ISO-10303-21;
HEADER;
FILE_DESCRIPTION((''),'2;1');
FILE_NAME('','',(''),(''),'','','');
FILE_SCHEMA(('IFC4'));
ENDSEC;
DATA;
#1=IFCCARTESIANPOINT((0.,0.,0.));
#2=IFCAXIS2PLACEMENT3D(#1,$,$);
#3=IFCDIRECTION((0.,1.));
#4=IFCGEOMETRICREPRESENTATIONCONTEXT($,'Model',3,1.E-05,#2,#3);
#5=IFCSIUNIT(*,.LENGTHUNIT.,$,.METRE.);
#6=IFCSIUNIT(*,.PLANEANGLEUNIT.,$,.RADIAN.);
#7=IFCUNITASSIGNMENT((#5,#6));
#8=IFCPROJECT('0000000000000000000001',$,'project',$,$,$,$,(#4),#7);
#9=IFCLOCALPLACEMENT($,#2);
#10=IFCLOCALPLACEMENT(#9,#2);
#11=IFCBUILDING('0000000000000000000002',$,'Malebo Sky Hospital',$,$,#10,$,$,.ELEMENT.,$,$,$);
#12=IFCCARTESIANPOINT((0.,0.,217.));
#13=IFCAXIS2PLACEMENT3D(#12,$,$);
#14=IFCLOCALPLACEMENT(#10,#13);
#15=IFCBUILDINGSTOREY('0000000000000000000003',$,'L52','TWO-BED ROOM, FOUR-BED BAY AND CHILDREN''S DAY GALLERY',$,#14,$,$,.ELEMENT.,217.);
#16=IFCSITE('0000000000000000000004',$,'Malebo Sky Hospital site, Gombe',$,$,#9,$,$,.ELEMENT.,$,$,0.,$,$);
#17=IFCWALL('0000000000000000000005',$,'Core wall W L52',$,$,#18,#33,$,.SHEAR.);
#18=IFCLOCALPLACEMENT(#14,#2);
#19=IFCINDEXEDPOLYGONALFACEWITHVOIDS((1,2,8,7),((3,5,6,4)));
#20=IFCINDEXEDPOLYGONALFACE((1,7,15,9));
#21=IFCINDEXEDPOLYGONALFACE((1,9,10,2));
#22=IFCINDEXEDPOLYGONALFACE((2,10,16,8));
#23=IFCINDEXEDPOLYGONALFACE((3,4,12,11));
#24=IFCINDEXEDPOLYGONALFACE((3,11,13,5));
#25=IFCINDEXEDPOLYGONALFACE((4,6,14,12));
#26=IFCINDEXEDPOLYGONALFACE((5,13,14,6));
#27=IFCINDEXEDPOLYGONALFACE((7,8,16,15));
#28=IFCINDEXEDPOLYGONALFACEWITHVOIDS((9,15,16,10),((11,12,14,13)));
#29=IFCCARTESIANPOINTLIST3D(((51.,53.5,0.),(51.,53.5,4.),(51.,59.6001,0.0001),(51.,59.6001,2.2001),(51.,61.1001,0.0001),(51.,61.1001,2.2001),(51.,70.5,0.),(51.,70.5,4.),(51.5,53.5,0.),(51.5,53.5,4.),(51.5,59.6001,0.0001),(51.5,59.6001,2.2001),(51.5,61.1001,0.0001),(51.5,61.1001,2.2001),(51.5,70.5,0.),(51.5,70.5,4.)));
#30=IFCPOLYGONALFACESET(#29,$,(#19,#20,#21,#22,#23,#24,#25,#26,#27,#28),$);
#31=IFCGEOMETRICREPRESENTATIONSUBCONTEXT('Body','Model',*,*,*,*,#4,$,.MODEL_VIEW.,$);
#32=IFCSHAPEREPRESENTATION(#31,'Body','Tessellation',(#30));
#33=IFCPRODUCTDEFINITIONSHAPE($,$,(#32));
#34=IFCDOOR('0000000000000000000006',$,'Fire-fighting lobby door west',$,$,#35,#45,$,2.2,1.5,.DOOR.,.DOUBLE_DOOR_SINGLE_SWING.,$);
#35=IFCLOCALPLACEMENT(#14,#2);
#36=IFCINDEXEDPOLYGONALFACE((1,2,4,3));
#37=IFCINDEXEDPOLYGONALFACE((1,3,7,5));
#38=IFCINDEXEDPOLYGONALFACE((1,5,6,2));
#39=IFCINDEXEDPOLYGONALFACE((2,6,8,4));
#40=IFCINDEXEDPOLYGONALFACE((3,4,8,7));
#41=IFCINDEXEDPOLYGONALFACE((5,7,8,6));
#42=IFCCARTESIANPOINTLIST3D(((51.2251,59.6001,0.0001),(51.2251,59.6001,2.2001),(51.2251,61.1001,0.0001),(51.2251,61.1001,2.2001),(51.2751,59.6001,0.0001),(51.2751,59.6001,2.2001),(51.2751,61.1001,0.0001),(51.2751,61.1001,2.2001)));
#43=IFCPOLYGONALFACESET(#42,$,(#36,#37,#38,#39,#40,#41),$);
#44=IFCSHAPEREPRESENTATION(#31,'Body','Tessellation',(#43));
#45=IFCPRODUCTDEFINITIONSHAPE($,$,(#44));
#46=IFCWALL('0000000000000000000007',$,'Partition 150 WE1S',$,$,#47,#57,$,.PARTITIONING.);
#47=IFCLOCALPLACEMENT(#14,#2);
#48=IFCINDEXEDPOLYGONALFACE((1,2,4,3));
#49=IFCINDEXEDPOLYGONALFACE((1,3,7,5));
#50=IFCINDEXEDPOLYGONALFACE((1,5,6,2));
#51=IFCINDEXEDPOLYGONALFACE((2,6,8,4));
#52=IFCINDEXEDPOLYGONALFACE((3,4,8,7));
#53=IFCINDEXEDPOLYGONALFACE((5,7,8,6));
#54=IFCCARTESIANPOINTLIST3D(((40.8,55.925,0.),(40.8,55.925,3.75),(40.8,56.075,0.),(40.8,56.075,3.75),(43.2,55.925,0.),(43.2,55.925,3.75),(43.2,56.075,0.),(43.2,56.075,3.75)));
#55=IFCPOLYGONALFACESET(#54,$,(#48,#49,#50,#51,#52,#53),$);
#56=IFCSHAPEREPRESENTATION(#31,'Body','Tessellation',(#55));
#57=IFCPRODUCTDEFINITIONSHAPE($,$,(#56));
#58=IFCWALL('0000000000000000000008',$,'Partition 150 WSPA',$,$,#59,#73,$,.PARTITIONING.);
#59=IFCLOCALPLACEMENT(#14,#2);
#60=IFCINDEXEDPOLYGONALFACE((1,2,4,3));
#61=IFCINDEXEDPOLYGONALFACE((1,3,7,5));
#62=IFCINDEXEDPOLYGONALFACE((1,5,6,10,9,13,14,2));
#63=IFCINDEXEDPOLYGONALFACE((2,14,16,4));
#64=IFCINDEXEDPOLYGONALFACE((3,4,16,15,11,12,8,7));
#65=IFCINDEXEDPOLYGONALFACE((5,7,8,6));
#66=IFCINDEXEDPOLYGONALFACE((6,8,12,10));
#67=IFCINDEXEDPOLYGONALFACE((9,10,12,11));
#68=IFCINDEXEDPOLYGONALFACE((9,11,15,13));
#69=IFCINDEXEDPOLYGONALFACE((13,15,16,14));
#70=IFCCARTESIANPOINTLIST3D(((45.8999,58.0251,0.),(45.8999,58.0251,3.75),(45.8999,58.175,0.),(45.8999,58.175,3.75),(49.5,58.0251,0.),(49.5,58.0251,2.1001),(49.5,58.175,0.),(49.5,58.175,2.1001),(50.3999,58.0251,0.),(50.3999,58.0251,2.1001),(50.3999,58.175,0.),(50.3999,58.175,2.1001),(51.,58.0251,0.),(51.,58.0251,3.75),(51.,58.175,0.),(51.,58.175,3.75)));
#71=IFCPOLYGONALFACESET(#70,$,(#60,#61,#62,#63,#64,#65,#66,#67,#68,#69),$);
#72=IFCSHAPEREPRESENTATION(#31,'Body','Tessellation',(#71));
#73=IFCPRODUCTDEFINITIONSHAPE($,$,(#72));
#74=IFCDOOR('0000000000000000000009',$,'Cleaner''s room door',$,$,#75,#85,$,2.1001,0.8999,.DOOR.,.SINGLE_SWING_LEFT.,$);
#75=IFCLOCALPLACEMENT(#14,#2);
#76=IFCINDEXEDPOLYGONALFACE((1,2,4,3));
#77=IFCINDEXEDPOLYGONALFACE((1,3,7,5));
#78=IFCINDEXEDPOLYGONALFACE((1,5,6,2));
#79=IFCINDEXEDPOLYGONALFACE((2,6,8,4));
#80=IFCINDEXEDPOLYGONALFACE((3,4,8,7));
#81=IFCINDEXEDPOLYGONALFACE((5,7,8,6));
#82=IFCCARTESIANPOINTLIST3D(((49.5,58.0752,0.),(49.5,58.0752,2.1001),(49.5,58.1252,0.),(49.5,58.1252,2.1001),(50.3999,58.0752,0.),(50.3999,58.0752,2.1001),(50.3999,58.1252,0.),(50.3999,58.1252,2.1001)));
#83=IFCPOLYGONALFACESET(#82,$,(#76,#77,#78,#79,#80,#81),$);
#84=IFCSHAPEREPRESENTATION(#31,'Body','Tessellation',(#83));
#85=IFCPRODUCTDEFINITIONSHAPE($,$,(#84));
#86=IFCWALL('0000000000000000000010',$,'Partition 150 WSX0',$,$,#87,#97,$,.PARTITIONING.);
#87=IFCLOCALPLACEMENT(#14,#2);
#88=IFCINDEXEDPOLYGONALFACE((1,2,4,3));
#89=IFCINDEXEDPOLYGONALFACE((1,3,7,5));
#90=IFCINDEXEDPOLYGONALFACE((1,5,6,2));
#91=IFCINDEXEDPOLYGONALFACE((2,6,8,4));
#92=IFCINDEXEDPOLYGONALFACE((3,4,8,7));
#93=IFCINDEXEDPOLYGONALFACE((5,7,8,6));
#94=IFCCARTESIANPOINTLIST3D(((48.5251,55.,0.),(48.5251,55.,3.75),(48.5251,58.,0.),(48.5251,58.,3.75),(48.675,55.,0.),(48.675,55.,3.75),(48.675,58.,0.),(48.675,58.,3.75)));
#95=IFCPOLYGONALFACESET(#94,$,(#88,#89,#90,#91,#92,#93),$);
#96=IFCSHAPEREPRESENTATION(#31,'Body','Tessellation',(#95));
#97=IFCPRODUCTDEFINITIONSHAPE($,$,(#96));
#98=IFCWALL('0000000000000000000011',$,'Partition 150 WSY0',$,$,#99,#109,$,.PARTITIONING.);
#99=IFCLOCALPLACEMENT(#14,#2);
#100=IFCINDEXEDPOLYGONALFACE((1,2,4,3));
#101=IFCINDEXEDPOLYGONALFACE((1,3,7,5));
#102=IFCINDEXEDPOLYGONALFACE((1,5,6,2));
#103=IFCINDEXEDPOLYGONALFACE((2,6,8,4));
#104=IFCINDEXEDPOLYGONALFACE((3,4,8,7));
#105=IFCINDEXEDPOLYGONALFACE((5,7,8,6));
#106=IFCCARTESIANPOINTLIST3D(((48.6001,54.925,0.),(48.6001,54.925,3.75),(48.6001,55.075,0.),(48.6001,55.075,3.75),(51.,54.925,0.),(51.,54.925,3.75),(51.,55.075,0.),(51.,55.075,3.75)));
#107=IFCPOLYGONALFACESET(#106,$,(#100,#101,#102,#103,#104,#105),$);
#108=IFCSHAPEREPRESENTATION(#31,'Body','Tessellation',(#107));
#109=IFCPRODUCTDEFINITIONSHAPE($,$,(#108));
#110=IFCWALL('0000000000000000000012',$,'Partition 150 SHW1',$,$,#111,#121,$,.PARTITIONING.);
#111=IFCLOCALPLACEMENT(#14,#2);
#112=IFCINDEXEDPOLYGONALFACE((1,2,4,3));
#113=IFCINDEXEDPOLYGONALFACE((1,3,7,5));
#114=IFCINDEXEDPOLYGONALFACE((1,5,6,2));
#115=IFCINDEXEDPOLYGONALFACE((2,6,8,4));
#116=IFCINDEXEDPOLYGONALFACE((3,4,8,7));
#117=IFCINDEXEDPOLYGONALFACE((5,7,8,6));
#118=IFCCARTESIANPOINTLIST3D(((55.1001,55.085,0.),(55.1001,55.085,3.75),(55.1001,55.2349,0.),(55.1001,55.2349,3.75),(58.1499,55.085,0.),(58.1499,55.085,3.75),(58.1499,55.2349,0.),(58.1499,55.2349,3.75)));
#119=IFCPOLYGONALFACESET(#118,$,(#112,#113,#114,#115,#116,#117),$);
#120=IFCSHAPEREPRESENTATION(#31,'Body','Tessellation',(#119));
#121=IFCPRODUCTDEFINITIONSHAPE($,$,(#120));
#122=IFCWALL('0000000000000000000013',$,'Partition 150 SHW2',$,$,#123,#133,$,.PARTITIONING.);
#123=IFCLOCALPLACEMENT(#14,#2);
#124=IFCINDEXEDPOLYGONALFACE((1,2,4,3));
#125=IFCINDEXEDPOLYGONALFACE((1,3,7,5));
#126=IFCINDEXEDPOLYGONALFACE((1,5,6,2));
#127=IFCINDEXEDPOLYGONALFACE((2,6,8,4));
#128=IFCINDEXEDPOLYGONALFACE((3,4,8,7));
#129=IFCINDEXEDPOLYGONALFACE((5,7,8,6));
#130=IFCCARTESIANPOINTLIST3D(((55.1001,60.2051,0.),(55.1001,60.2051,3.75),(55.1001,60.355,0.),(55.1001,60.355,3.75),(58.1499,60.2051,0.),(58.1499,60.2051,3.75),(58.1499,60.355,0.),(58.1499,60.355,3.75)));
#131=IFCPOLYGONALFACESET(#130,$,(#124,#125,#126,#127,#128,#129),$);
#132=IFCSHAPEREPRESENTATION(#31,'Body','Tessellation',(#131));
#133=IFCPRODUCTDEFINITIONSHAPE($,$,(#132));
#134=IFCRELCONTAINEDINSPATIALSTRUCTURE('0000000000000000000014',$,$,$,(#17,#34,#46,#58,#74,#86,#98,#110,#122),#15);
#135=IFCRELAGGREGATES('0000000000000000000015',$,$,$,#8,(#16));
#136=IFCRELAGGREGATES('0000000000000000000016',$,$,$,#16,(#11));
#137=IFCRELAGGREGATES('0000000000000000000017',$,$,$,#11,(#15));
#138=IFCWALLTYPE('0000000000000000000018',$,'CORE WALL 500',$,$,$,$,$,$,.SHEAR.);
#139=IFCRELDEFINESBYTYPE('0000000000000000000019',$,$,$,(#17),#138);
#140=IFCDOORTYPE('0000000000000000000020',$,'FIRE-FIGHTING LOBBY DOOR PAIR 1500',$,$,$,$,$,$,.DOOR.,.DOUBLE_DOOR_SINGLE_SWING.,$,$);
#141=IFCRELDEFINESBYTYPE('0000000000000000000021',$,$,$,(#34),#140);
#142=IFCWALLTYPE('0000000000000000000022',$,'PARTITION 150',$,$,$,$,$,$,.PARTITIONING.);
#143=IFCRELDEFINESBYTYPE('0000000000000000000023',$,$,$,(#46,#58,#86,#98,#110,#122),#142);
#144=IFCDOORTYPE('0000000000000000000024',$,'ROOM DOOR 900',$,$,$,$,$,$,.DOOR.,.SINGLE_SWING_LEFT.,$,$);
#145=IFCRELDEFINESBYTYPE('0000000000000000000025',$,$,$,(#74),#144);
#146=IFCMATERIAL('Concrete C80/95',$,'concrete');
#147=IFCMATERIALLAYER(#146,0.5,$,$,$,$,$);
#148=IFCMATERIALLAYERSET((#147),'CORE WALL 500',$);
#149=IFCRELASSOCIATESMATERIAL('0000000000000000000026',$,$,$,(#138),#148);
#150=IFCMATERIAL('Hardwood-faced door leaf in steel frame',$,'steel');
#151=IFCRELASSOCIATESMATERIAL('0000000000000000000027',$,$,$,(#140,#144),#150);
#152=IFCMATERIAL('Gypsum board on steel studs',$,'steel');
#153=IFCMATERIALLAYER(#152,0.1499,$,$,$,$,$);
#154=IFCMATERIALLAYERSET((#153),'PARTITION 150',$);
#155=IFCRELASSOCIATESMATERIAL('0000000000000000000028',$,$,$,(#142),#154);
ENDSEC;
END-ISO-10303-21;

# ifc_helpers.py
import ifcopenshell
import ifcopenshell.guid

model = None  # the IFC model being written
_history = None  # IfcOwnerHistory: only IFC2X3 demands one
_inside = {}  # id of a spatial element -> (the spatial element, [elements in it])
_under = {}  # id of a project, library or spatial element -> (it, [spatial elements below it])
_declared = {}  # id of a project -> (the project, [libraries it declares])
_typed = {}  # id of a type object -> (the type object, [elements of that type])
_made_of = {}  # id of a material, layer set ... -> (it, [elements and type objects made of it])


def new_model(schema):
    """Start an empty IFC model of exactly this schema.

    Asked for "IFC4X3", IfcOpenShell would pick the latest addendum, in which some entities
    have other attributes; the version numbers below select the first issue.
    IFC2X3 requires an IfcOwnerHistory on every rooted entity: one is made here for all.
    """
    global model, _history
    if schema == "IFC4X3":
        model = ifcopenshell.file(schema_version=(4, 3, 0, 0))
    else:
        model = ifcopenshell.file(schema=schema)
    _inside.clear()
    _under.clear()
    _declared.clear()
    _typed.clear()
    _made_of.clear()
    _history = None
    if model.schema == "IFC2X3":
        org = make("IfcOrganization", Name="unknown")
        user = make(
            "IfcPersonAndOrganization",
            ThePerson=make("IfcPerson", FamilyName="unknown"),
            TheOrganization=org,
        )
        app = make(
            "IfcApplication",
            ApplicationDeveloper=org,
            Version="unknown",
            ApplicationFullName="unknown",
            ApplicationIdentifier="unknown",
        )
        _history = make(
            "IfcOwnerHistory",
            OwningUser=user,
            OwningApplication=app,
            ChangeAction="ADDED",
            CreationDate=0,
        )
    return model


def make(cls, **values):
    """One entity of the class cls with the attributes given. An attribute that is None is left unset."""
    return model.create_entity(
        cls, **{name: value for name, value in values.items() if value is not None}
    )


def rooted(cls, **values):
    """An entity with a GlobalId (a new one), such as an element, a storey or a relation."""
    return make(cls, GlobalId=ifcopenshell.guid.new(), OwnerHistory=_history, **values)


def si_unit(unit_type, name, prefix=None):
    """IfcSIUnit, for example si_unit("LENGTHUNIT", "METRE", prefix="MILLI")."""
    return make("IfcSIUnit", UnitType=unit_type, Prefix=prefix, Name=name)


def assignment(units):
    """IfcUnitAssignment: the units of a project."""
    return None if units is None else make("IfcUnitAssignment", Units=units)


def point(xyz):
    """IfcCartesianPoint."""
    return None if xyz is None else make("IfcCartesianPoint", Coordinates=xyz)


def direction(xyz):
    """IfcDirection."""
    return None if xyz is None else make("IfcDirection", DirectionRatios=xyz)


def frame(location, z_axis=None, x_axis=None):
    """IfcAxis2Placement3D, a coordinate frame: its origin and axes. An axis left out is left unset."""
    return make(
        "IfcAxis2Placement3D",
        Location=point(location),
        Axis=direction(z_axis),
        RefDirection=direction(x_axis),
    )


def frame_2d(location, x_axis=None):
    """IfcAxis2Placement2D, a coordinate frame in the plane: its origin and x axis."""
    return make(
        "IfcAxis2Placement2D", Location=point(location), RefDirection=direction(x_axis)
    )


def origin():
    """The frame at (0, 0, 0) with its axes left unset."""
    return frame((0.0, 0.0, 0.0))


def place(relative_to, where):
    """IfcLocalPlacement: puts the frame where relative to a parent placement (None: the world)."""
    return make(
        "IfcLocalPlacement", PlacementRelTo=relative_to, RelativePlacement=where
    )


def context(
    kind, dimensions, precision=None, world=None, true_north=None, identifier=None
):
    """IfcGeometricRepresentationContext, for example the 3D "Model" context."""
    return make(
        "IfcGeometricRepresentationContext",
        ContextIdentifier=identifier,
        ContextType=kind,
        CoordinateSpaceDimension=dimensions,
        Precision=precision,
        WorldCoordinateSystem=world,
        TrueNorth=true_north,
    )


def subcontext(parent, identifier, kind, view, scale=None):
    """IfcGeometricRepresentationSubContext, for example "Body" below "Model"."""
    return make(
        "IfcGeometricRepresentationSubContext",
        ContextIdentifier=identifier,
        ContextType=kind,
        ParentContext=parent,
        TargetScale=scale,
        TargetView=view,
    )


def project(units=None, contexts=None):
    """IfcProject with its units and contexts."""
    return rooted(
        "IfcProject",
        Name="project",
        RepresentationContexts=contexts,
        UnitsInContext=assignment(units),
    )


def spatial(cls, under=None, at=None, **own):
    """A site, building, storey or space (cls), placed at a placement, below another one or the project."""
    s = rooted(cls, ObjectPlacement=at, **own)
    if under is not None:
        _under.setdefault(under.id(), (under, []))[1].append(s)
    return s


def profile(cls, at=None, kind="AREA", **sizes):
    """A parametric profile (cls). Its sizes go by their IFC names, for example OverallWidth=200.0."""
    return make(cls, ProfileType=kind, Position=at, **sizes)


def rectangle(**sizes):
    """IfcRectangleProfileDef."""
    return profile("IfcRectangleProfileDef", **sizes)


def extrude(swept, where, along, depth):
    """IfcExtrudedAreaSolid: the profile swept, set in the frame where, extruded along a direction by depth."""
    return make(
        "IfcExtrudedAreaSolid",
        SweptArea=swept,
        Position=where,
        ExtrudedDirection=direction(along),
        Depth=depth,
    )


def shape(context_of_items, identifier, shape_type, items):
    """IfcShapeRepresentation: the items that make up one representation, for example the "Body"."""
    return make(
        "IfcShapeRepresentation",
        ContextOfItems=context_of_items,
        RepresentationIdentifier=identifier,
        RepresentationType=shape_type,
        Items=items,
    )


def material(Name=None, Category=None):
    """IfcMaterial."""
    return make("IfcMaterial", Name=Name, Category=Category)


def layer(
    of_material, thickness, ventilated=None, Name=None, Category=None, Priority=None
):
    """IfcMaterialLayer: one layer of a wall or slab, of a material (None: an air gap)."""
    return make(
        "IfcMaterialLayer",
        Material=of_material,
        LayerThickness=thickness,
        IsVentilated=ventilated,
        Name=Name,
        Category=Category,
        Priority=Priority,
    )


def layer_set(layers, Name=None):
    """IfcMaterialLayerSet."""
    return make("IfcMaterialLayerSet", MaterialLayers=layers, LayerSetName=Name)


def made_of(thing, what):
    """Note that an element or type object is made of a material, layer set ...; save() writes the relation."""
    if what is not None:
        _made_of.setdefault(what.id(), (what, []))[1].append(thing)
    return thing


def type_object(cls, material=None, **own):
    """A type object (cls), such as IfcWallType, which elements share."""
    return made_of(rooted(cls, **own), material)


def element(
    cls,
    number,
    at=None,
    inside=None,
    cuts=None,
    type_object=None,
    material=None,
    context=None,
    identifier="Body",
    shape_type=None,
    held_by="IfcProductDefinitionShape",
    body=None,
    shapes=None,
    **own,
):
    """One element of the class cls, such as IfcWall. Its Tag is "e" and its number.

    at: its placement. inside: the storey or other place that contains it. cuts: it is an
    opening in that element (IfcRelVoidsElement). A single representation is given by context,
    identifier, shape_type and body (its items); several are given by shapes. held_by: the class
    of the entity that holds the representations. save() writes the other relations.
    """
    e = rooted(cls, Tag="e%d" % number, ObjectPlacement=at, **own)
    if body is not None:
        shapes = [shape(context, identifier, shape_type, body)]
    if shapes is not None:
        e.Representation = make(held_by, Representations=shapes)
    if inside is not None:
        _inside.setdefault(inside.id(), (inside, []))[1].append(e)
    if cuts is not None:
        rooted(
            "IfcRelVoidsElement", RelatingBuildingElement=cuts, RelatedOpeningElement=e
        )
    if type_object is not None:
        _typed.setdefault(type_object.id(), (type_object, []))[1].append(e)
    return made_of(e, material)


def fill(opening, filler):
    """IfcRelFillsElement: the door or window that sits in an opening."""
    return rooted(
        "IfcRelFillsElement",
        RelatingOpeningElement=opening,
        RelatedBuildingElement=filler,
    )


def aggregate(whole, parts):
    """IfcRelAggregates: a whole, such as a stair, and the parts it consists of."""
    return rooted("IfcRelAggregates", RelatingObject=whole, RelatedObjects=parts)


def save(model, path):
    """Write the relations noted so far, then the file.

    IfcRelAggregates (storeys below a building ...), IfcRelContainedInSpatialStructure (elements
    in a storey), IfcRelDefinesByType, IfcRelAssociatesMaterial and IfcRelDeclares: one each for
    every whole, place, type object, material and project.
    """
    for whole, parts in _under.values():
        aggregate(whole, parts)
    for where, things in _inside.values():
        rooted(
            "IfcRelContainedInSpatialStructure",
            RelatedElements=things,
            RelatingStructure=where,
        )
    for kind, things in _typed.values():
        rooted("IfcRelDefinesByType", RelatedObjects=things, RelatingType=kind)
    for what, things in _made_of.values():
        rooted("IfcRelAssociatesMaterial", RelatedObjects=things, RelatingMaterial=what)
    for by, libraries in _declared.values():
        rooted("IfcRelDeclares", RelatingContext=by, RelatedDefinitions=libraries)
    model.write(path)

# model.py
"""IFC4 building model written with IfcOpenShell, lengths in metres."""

from ifc_helpers import new_model, si_unit, direction, frame, frame_2d, origin, place, context, subcontext, project, spatial, rectangle, extrude, material, layer, layer_set, type_object, element, fill, save


model = new_model("IFC4")

# Units and contexts
model_context = context("Model", 3, precision=1e-05, world=origin(), true_north=direction((0.0, 1.0)))
body_context = subcontext(model_context, "Body", "Model", "MODEL_VIEW")
ifc_project = project(units=[si_unit("LENGTHUNIT", "METRE"), si_unit("PLANEANGLEUNIT", "RADIAN")], contexts=[model_context])

# Site, building, storey
site_placement = place(None, origin())
site = spatial("IfcSite", under=ifc_project, at=site_placement, Name="Malebo Sky Hospital site, Gombe", CompositionType="ELEMENT", RefElevation=0.0)
building_placement = place(site_placement, origin())
building = spatial("IfcBuilding", under=site, at=building_placement, Name="Malebo Sky Hospital", CompositionType="ELEMENT")
storey_placement = place(building_placement, frame((0.0, 0.0, 217.0)))
storey = spatial("IfcBuildingStorey", under=building, at=storey_placement, Name="L52", Description="TWO-BED ROOM, FOUR-BED BAY AND CHILDREN'S DAY GALLERY", CompositionType="ELEMENT", Elevation=217.0)

# Shared definitions
ifc_material_1 = material(Name="Concrete C80/95", Category="concrete")

# Wall, opening, door
ifc_layer_1 = layer(ifc_material_1, 0.5)
ifc_layer_set_1 = layer_set([ifc_layer_1], Name="CORE WALL 500")
wall_type_1 = type_object("IfcWallType", Name="CORE WALL 500", PredefinedType="SHEAR", material=ifc_layer_set_1)
ifc_material_2 = material(Name="Hardwood-faced door leaf in steel frame", Category="steel")
wall_1_placement = place(storey_placement, frame((51.25, 53.5, 0.0), z_axis=(0.0, 0.0, 1.0), x_axis=(0.0, 1.0, 0.0)))
wall_1 = element("IfcWall", 1, at=wall_1_placement, inside=storey, type_object=wall_type_1, Name="Core wall W L52", PredefinedType="SHEAR", context=body_context, shape_type="SweptSolid", body=[
    extrude(rectangle(XDim=17.0, YDim=0.5, at=frame_2d((8.5, 0.0))), origin(), (0.0, 0.0, 1.0), 4.0),
])
opening_1_placement = place(wall_1_placement, frame((6.1001, 0.0, 0.0)))
opening_1 = element("IfcOpeningElement", 2, at=opening_1_placement, cuts=wall_1, PredefinedType="OPENING", context=body_context, shape_type="SweptSolid", body=[
    extrude(rectangle(XDim=1.5, YDim=2.2, at=frame_2d((0.75, 1.1001))), frame((0.0, 0.26, 0.0), z_axis=(0.0, -1.0, 0.0), x_axis=(1.0, 0.0, 0.0)), (0.0, 0.0, 1.0), 0.52),
])
door_type_1 = type_object("IfcDoorType", Name="FIRE-FIGHTING LOBBY DOOR PAIR 1500", OperationType="DOUBLE_DOOR_SINGLE_SWING", PredefinedType="DOOR", material=ifc_material_2)
door_1_placement = place(opening_1_placement, origin())
door_1 = element("IfcDoor", 3, at=door_1_placement, inside=storey, type_object=door_type_1, Name="Fire-fighting lobby door west", OperationType="DOUBLE_DOOR_SINGLE_SWING", OverallHeight=2.2, OverallWidth=1.5, PredefinedType="DOOR", context=body_context, shape_type="SweptSolid", body=[
    extrude(rectangle(XDim=1.5, YDim=2.2, at=frame_2d((0.75, 1.1001))), frame((0.0, 0.0249, 0.0), z_axis=(0.0, -1.0, 0.0), x_axis=(1.0, 0.0, 0.0)), (0.0, 0.0, 1.0), 0.05),
])
fill(opening_1, door_1)

# Wall
ifc_material_3 = material(Name="Gypsum board on steel studs", Category="steel")
ifc_layer_2 = layer(ifc_material_3, 0.1499)
ifc_layer_set_2 = layer_set([ifc_layer_2], Name="PARTITION 150")
wall_type_2 = type_object("IfcWallType", Name="PARTITION 150", PredefinedType="PARTITIONING", material=ifc_layer_set_2)
wall_2_placement = place(storey_placement, frame((43.2, 56.0, 0.0), z_axis=(0.0, 0.0, 1.0), x_axis=(-1.0, 0.0, 0.0)))
element("IfcWall", 4, at=wall_2_placement, inside=storey, type_object=wall_type_2, Name="Partition 150 WE1S", PredefinedType="PARTITIONING", context=body_context, shape_type="SweptSolid", body=[
    extrude(rectangle(XDim=2.3999, YDim=0.1499, at=frame_2d((1.2, 0.0))), origin(), (0.0, 0.0, 1.0), 3.75),
])

# Wall, opening, door
wall_3_placement = place(storey_placement, frame((51.0, 58.1001, 0.0), z_axis=(0.0, 0.0, 1.0), x_axis=(-1.0, 0.0, 0.0)))
wall_3 = element("IfcWall", 5, at=wall_3_placement, inside=storey, type_object=wall_type_2, Name="Partition 150 WSPA", PredefinedType="PARTITIONING", context=body_context, shape_type="SweptSolid", body=[
    extrude(rectangle(XDim=5.1001, YDim=0.1499, at=frame_2d((2.55, 0.0))), origin(), (0.0, 0.0, 1.0), 3.75),
])
opening_2_placement = place(wall_3_placement, frame((0.6001, 0.0, 0.0)))
opening_2 = element("IfcOpeningElement", 6, at=opening_2_placement, cuts=wall_3, PredefinedType="OPENING", context=body_context, shape_type="SweptSolid", body=[
    extrude(rectangle(XDim=0.8999, YDim=2.1001, at=frame_2d((0.45, 1.05))), frame((0.0, 0.085, 0.0), z_axis=(0.0, -1.0, 0.0), x_axis=(1.0, 0.0, 0.0)), (0.0, 0.0, 1.0), 0.1699),
])
door_type_2 = type_object("IfcDoorType", Name="ROOM DOOR 900", OperationType="SINGLE_SWING_LEFT", PredefinedType="DOOR", material=ifc_material_2)
door_2_placement = place(opening_2_placement, origin())
door_2 = element("IfcDoor", 7, at=door_2_placement, inside=storey, type_object=door_type_2, Name="Cleaner's room door", OperationType="SINGLE_SWING_LEFT", OverallHeight=2.1001, OverallWidth=0.8999, PredefinedType="DOOR", context=body_context, shape_type="SweptSolid", body=[
    extrude(rectangle(XDim=0.8999, YDim=2.1001, at=frame_2d((0.45, 1.05))), frame((0.0, 0.0249, 0.0), z_axis=(0.0, -1.0, 0.0), x_axis=(1.0, 0.0, 0.0)), (0.0, 0.0, 1.0), 0.05),
])
fill(opening_2, door_2)

# Walls
wall_4_placement = place(storey_placement, frame((48.6001, 55.0, 0.0), z_axis=(0.0, 0.0, 1.0), x_axis=(0.0, 1.0, 0.0)))
element("IfcWall", 8, at=wall_4_placement, inside=storey, type_object=wall_type_2, Name="Partition 150 WSX0", PredefinedType="PARTITIONING", context=body_context, shape_type="SweptSolid", body=[
    extrude(rectangle(XDim=3.0, YDim=0.1499, at=frame_2d((1.5, 0.0))), origin(), (0.0, 0.0, 1.0), 3.75),
])
wall_5_placement = place(storey_placement, frame((51.0, 55.0, 0.0), z_axis=(0.0, 0.0, 1.0), x_axis=(-1.0, 0.0, 0.0)))
element("IfcWall", 9, at=wall_5_placement, inside=storey, type_object=wall_type_2, Name="Partition 150 WSY0", PredefinedType="PARTITIONING", context=body_context, shape_type="SweptSolid", body=[
    extrude(rectangle(XDim=2.3999, YDim=0.1499, at=frame_2d((1.2, 0.0))), origin(), (0.0, 0.0, 1.0), 3.75),
])
for number, where, z_axis, x_axis, name in (
    (10, (55.1001, 55.1599, 0.0), (0.0, 0.0, 1.0), (1.0, 0.0, 0.0), "Partition 150 SHW1"),
    (11, (55.1001, 60.28, 0.0), (0.0, 0.0, 1.0), (1.0, 0.0, 0.0), "Partition 150 SHW2"),
):
    element("IfcWall", number, at=place(storey_placement, frame(where, z_axis=z_axis, x_axis=x_axis)), inside=storey, type_object=wall_type_2, Name=name, PredefinedType="PARTITIONING", context=body_context, shape_type="SweptSolid", body=[
        extrude(rectangle(XDim=3.0498, YDim=0.1499, at=frame_2d((1.5249, 0.0))), origin(), (0.0, 0.0, 1.0), 3.75),
    ])

save(model, "model.ifc")
